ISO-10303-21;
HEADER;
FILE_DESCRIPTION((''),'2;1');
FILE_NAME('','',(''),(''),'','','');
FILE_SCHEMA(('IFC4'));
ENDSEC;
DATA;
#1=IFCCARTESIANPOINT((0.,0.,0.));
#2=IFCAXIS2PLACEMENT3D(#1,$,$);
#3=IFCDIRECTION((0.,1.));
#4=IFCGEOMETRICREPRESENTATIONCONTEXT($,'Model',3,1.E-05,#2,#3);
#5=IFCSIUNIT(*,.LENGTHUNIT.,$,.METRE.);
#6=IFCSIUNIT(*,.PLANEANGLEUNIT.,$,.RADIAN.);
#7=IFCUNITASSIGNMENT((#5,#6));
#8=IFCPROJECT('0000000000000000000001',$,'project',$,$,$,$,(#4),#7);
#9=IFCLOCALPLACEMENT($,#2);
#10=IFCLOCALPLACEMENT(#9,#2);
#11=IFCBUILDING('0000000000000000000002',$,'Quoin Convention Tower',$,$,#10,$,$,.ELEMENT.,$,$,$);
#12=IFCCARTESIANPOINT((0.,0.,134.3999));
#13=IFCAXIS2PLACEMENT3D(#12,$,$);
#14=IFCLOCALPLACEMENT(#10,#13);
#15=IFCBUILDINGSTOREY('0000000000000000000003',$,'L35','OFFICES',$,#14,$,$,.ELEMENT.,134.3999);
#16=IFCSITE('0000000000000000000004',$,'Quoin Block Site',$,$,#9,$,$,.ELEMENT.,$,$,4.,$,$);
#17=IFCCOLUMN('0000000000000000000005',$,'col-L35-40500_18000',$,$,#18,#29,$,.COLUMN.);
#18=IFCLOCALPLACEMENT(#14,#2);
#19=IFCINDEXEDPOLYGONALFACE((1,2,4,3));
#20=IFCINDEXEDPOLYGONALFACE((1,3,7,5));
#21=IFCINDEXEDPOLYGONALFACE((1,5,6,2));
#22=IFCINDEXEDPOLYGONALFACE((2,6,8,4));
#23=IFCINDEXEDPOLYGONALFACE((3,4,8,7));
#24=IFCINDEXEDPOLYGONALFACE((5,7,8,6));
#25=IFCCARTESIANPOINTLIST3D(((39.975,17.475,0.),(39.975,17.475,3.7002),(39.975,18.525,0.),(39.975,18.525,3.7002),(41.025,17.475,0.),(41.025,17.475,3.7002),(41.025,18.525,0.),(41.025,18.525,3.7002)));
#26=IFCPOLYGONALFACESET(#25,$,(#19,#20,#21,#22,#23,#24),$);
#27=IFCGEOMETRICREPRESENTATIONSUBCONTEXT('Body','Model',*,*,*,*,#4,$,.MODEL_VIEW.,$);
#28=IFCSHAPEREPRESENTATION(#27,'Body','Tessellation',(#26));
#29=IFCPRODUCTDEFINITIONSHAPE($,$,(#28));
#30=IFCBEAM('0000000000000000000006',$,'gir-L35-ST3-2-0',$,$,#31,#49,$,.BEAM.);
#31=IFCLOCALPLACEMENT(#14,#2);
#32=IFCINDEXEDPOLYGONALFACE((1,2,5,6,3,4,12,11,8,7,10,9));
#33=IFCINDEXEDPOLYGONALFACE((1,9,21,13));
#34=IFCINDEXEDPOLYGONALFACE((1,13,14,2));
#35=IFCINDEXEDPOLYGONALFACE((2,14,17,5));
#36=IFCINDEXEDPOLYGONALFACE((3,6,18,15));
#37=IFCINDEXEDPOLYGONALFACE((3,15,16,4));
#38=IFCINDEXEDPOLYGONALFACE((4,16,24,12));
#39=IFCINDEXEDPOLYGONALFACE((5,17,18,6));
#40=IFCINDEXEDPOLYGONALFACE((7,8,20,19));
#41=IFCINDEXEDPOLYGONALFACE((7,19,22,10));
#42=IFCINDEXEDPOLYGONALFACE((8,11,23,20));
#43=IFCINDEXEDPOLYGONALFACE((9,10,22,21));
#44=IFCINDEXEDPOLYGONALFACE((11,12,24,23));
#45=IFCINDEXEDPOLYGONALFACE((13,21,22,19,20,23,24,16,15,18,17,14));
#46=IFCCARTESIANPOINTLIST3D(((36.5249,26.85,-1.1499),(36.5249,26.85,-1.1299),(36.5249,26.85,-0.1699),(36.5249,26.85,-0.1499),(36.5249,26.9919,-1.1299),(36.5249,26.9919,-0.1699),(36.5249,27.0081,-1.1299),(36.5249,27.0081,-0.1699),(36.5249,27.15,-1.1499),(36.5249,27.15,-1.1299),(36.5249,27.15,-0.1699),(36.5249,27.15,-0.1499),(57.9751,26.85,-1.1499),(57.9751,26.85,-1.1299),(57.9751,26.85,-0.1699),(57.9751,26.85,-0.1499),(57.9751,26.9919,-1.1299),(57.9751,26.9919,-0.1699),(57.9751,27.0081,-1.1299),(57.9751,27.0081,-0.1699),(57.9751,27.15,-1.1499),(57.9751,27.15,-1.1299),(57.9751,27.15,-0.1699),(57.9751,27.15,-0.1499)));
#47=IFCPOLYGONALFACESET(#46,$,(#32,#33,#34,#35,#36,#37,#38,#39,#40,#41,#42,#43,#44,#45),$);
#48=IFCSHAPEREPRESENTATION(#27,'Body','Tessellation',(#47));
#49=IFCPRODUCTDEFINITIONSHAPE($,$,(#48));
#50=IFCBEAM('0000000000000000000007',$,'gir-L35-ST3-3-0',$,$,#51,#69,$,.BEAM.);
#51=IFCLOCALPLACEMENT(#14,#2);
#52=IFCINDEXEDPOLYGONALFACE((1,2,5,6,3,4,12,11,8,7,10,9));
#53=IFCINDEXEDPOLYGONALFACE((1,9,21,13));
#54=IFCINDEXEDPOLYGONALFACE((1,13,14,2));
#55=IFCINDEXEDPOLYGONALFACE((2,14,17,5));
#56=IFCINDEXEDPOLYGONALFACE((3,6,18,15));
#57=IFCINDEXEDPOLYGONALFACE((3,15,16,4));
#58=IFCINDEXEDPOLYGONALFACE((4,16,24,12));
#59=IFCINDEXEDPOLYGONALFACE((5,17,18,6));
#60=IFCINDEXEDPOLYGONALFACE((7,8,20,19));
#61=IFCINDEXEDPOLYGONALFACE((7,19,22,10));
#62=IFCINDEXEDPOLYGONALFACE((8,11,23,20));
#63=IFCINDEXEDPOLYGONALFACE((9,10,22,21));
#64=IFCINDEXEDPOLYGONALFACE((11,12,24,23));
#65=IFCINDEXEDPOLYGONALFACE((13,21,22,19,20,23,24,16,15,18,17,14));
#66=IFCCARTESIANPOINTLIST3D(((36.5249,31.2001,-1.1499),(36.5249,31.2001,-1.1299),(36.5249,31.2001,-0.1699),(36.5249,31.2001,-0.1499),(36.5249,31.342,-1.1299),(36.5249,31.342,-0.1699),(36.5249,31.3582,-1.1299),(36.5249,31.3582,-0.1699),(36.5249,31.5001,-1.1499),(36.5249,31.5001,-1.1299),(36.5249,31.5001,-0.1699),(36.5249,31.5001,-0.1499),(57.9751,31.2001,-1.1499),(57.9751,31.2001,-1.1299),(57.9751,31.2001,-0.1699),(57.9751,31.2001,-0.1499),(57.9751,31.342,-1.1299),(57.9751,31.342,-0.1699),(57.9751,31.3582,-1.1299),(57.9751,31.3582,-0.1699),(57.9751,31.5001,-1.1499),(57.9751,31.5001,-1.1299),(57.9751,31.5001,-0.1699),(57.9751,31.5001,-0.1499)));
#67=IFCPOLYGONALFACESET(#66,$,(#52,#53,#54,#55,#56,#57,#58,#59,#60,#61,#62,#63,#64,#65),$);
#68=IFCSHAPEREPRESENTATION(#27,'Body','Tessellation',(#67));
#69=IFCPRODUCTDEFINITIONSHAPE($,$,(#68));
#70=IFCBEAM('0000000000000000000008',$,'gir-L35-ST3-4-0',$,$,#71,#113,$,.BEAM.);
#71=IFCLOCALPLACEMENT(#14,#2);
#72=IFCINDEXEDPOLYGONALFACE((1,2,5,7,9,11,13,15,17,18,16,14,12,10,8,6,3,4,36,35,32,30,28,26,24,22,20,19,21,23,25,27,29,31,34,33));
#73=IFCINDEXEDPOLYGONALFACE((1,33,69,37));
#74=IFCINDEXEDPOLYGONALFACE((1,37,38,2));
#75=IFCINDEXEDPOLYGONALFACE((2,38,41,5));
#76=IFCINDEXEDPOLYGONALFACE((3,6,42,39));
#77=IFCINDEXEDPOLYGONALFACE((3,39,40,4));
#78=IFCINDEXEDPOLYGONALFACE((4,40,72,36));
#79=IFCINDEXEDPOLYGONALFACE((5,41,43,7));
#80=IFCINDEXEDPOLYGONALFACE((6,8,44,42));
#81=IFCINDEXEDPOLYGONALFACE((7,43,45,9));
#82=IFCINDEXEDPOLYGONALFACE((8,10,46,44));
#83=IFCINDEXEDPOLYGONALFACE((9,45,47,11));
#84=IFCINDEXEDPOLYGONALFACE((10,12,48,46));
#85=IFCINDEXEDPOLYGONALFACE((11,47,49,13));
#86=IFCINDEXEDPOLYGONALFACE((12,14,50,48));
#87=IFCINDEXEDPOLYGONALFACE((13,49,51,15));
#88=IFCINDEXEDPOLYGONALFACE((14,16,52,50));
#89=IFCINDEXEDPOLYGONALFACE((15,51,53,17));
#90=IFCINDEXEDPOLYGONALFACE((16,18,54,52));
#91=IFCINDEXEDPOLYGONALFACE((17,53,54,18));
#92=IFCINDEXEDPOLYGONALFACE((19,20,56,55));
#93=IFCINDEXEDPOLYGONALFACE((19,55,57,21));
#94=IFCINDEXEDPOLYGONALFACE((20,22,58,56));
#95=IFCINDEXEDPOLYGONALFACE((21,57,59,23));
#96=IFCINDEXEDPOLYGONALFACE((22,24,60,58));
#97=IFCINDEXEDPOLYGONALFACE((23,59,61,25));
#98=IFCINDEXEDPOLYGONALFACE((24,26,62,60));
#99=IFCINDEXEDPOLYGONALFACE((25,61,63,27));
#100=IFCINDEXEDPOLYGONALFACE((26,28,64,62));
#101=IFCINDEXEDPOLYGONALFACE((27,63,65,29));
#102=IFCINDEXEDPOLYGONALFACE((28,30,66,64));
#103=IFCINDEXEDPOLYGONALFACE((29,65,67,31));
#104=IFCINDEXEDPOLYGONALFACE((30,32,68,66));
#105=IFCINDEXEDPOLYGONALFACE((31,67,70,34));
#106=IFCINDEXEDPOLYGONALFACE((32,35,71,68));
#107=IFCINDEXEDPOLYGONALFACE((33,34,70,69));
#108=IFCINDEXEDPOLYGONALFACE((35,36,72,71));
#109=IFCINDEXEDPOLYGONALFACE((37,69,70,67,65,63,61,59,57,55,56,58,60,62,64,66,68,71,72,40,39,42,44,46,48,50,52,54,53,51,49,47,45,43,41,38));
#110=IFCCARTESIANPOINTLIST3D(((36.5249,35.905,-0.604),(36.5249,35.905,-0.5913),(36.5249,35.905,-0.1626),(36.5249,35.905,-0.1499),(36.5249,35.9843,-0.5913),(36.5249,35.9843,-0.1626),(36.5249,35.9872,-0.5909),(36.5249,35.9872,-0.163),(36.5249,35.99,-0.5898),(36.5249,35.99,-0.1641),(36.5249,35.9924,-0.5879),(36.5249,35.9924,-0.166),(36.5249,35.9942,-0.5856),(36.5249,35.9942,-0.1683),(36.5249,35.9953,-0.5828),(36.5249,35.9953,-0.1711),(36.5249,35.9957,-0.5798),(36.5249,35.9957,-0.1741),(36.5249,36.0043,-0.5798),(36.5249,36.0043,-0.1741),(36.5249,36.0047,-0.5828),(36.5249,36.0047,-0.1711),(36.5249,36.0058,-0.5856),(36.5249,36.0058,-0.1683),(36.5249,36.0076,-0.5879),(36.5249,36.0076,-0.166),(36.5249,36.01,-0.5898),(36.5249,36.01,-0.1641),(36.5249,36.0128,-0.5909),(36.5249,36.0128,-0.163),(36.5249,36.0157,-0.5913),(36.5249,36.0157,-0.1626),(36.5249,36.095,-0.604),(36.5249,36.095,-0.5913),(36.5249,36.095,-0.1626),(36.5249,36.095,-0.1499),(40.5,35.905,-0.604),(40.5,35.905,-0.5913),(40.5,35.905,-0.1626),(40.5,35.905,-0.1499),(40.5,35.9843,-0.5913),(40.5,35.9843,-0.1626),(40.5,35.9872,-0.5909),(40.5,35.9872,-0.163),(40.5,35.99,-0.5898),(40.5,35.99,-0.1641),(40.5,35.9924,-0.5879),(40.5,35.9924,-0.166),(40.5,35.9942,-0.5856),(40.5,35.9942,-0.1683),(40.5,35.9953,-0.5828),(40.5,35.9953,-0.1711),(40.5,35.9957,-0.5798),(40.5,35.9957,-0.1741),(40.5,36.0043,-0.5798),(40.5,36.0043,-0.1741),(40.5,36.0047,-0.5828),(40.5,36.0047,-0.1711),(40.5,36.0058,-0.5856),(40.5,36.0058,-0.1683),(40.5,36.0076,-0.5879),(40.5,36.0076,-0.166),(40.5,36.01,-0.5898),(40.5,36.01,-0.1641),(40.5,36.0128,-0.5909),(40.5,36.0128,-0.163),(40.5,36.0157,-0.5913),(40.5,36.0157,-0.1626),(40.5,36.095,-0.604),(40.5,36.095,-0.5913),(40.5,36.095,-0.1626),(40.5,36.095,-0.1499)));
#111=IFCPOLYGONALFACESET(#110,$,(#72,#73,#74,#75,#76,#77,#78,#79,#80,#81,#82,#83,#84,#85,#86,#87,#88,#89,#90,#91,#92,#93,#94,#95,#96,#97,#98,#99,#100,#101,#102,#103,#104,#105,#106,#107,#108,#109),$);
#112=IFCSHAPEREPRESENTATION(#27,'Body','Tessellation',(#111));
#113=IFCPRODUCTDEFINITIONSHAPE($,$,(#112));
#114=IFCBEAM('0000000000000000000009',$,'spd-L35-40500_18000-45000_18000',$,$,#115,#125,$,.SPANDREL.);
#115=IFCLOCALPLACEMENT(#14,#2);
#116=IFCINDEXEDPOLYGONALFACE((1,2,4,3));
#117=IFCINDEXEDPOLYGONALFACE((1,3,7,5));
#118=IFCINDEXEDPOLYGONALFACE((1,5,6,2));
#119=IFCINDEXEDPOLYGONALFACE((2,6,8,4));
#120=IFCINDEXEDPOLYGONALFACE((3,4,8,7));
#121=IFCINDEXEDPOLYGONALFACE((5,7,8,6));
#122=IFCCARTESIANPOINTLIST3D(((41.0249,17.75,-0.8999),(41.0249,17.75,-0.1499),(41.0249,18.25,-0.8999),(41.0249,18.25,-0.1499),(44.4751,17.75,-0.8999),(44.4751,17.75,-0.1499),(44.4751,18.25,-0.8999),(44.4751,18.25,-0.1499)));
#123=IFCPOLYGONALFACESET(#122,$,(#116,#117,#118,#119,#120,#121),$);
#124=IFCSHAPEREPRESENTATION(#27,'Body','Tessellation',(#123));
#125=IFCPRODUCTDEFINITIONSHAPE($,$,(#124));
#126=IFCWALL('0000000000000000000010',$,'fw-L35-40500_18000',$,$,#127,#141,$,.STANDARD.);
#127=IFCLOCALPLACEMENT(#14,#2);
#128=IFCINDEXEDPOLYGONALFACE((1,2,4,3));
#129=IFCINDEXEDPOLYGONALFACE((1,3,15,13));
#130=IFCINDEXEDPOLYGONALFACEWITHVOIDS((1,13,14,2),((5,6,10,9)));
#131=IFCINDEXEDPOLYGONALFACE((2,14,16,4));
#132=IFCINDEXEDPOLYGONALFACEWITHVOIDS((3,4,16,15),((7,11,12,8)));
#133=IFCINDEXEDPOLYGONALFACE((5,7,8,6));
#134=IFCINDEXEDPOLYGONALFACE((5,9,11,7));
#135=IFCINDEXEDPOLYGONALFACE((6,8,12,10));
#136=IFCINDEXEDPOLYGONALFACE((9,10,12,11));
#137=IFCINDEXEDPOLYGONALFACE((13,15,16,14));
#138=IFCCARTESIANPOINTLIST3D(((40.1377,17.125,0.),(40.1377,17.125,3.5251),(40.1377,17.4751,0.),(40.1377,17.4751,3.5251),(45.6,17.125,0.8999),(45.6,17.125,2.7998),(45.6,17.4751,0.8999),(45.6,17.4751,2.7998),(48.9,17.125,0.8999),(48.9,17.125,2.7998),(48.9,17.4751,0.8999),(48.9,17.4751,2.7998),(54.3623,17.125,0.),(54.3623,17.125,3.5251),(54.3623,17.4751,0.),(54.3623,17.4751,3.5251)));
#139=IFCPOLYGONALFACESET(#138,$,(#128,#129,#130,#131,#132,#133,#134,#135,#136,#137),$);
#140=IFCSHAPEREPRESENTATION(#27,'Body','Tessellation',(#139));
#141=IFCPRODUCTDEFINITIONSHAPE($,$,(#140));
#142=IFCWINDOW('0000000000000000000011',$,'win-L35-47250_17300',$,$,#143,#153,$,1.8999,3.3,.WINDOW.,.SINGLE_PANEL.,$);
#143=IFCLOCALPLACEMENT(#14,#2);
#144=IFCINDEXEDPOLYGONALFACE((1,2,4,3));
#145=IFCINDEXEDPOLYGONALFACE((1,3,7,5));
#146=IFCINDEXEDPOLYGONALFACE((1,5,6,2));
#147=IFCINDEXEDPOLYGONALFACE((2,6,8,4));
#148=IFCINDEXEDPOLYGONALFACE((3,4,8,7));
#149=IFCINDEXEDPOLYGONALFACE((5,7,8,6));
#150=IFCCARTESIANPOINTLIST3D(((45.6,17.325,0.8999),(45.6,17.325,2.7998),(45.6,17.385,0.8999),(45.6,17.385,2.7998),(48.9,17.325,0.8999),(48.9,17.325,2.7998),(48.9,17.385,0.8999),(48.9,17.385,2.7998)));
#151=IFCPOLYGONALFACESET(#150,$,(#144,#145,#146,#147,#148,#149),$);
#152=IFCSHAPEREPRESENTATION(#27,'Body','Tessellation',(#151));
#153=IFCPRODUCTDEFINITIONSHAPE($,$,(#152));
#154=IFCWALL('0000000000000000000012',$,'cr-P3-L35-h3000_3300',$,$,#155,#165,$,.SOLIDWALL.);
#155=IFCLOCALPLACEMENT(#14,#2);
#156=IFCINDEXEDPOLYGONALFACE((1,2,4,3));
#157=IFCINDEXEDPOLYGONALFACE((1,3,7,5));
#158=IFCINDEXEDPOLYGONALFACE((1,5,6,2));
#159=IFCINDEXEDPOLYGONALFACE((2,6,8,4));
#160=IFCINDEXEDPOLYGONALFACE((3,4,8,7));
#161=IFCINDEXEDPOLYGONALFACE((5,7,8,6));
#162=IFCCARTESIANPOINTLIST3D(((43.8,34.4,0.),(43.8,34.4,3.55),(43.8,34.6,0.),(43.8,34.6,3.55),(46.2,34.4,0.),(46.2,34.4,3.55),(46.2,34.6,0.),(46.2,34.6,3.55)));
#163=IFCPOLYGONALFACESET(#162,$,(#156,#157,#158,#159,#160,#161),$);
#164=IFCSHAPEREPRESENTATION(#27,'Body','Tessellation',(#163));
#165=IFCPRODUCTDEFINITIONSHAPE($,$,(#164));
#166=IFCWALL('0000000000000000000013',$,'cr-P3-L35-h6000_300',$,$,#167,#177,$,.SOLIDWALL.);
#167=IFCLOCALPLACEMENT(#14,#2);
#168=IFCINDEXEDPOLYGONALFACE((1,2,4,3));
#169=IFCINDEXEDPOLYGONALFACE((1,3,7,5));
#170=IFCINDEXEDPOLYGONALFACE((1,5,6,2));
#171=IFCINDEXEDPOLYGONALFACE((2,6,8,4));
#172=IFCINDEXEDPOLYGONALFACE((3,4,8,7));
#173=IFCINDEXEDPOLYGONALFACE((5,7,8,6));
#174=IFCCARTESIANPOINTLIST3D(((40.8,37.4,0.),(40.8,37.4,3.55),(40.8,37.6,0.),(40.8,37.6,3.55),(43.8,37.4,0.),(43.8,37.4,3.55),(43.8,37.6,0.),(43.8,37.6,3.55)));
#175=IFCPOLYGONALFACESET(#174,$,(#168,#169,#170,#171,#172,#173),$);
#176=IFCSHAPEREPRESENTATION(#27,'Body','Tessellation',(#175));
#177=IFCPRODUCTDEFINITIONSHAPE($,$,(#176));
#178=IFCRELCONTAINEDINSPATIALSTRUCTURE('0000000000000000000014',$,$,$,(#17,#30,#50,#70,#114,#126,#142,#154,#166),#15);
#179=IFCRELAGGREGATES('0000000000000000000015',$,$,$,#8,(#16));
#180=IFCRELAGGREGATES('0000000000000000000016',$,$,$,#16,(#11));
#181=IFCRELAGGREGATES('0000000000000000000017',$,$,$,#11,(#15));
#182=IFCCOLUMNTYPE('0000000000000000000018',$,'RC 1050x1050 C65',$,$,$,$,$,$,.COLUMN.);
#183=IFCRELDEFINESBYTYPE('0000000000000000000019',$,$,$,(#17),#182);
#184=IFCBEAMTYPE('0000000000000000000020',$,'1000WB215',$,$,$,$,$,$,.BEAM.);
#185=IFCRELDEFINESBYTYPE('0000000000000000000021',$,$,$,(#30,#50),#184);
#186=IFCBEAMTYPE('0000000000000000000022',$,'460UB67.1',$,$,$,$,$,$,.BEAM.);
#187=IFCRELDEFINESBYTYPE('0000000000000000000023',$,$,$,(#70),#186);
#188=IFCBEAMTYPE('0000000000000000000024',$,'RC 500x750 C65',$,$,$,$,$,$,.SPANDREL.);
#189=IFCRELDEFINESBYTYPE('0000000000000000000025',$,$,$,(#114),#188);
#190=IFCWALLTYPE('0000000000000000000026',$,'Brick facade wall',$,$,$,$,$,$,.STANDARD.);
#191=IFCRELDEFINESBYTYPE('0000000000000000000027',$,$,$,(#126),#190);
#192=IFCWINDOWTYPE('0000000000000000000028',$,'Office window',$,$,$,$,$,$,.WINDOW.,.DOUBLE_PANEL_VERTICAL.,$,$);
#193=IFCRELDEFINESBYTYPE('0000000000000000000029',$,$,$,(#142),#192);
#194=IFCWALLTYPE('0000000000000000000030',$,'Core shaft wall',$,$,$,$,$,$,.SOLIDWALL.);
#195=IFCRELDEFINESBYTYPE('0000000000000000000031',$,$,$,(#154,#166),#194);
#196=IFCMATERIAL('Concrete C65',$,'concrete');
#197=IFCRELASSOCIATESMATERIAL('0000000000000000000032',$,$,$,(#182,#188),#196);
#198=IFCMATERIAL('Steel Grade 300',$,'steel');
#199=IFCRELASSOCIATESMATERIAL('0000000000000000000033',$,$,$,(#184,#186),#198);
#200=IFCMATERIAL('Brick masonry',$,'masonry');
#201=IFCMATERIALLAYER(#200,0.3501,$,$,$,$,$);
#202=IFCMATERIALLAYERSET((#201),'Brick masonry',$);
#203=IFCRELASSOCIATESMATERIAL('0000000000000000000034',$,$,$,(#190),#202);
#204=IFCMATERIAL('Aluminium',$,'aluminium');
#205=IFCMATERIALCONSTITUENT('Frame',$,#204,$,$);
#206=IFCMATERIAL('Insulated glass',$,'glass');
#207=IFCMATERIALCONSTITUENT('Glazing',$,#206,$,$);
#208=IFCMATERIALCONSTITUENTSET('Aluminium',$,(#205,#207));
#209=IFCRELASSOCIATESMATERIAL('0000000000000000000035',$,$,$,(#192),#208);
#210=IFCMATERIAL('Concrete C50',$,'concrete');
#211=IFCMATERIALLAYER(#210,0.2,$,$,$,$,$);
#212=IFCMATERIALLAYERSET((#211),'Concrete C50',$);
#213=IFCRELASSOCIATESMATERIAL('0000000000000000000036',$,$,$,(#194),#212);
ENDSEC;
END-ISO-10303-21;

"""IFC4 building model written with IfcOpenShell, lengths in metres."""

from ifc_helpers import new_model, si_unit, direction, frame, frame_2d, origin, origin_2d, place, context, subcontext, project, spatial, rectangle, i_section, extrude, material, layer, layer_set, constituent, constituent_set, material_profile, profile_set, type_object, element, fill, save


model = new_model("IFC4")

# Units and contexts
model_context = context("Model", 3, precision=1e-05, world=origin(), true_north=direction((0.0, 1.0)))
body_context = subcontext(model_context, "Body", "Model", "MODEL_VIEW")
ifc_project = project(units=[si_unit("LENGTHUNIT", "METRE"), si_unit("PLANEANGLEUNIT", "RADIAN")], contexts=[model_context])

# Site, building, storey
site_placement = place(None, origin())
site = spatial("IfcSite", under=ifc_project, at=site_placement, Name="Quoin Block Site", CompositionType="ELEMENT", RefElevation=4.0)
building_placement = place(site_placement, origin())
building = spatial("IfcBuilding", under=site, at=building_placement, Name="Quoin Convention Tower", CompositionType="ELEMENT")
storey_placement = place(building_placement, frame((0.0, 0.0, 134.3999)))
storey = spatial("IfcBuildingStorey", under=building, at=storey_placement, Name="L35", Description="OFFICES", CompositionType="ELEMENT", Elevation=134.3999)

# Column
ifc_material_1 = material(Name="Concrete C65", Category="concrete")
ifc_material_profile_1 = material_profile(ifc_material_1, rectangle(XDim=1.05, YDim=1.05, at=origin_2d()), Name="RC 1050x1050")
ifc_profile_set_1 = profile_set([ifc_material_profile_1], Name="Concrete C65")
column_type = type_object("IfcColumnType", Name="RC 1050x1050 C65", PredefinedType="COLUMN", material=ifc_profile_set_1)
column_placement = place(storey_placement, frame((40.5, 18.0, 0.0), z_axis=(0.0, 0.0, 1.0), x_axis=(1.0, 0.0, 0.0)))
element("IfcColumn", 1, at=column_placement, inside=storey, type_object=column_type, Name="col-L35-40500_18000", PredefinedType="COLUMN", context=body_context, shape_type="SweptSolid", body=[
    extrude(rectangle(XDim=1.05, YDim=1.05, at=origin_2d()), origin(), (0.0, 0.0, 1.0), 3.7002),
])

# Beams
ifc_material_2 = material(Name="Steel Grade 300", Category="steel")
ifc_material_profile_2 = material_profile(ifc_material_2, i_section(OverallWidth=0.3, OverallDepth=1.0, WebThickness=0.0161, FlangeThickness=0.02, at=origin_2d()), Name="1000WB215")
ifc_profile_set_2 = profile_set([ifc_material_profile_2], Name="Steel Grade 300")
beam_type_1 = type_object("IfcBeamType", Name="1000WB215", PredefinedType="BEAM", material=ifc_profile_set_2)
for number, where, z_axis, x_axis, name in (
    (2, (36.5249, 27.0, -0.6499), (1.0, 0.0, 0.0), (0.0, 1.0, 0.0), "gir-L35-ST3-2-0"),
    (3, (36.5249, 31.3501, -0.6499), (1.0, 0.0, 0.0), (0.0, 1.0, 0.0), "gir-L35-ST3-3-0"),
):
    element("IfcBeam", number, at=place(storey_placement, frame(where, z_axis=z_axis, x_axis=x_axis)), inside=storey, type_object=beam_type_1, Name=name, PredefinedType="BEAM", context=body_context, shape_type="SweptSolid", body=[
        extrude(i_section(OverallWidth=0.3, OverallDepth=1.0, WebThickness=0.0161, FlangeThickness=0.02, at=origin_2d()), origin(), (0.0, 0.0, 1.0), 21.4502),
    ])
ifc_material_profile_3 = material_profile(ifc_material_2, i_section(OverallWidth=0.1899, OverallDepth=0.4541, WebThickness=0.0085, FlangeThickness=0.0127, FilletRadius=0.0115, at=origin_2d()), Name="460UB67.1")
ifc_profile_set_3 = profile_set([ifc_material_profile_3], Name="Steel Grade 300")
beam_type_2 = type_object("IfcBeamType", Name="460UB67.1", PredefinedType="BEAM", material=ifc_profile_set_3)
beam_1_placement = place(storey_placement, frame((36.5249, 36.0, -0.377), z_axis=(1.0, 0.0, 0.0), x_axis=(0.0, 1.0, 0.0)))
element("IfcBeam", 4, at=beam_1_placement, inside=storey, type_object=beam_type_2, Name="gir-L35-ST3-4-0", PredefinedType="BEAM", context=body_context, shape_type="SweptSolid", body=[
    extrude(i_section(OverallWidth=0.1899, OverallDepth=0.4541, WebThickness=0.0085, FlangeThickness=0.0127, FilletRadius=0.0115, at=origin_2d()), origin(), (0.0, 0.0, 1.0), 3.9751),
])
ifc_material_profile_4 = material_profile(ifc_material_1, rectangle(XDim=0.5, YDim=0.75, at=origin_2d()), Name="RC 500x750")
ifc_profile_set_4 = profile_set([ifc_material_profile_4], Name="Concrete C65")
beam_type_3 = type_object("IfcBeamType", Name="RC 500x750 C65", PredefinedType="SPANDREL", material=ifc_profile_set_4)
beam_2_placement = place(storey_placement, frame((41.0249, 18.0, -0.5249), z_axis=(1.0, 0.0, 0.0), x_axis=(0.0, 1.0, 0.0)))
element("IfcBeam", 5, at=beam_2_placement, inside=storey, type_object=beam_type_3, Name="spd-L35-40500_18000-45000_18000", PredefinedType="SPANDREL", context=body_context, shape_type="SweptSolid", body=[
    extrude(rectangle(XDim=0.5, YDim=0.75, at=origin_2d()), origin(), (0.0, 0.0, 1.0), 3.4502),
])

# Wall, opening, window
ifc_material_3 = material(Name="Brick masonry", Category="masonry")
ifc_layer_1 = layer(ifc_material_3, 0.3501)
ifc_layer_set_1 = layer_set([ifc_layer_1], Name="Brick masonry")
wall_type_1 = type_object("IfcWallType", Name="Brick facade wall", PredefinedType="STANDARD", material=ifc_layer_set_1)
wall_1_placement = place(storey_placement, frame((40.1377, 17.3, 0.0), z_axis=(0.0, 0.0, 1.0), x_axis=(1.0, 0.0, 0.0)))
wall_1 = element("IfcWall", 6, at=wall_1_placement, inside=storey, type_object=wall_type_1, Name="fw-L35-40500_18000", PredefinedType="STANDARD", context=body_context, shape_type="SweptSolid", body=[
    extrude(rectangle(XDim=14.2246, YDim=0.3501, at=frame_2d((7.1123, 0.0))), origin(), (0.0, 0.0, 1.0), 3.5251),
])
opening_1_placement = place(wall_1_placement, frame((5.4624, 0.0, 0.8999)))
opening_1 = element("IfcOpeningElement", 7, at=opening_1_placement, cuts=wall_1, PredefinedType="OPENING", context=body_context, shape_type="SweptSolid", body=[
    extrude(rectangle(XDim=3.3, YDim=1.8999, at=frame_2d((1.6499, 0.95))), frame((0.0, 0.1851, 0.0), z_axis=(0.0, -1.0, 0.0), x_axis=(1.0, 0.0, 0.0)), (0.0, 0.0, 1.0), 0.3701),
])
ifc_material_4 = material(Name="Aluminium", Category="aluminium")
ifc_constituent_1 = constituent(ifc_material_4, Name="Frame")
ifc_material_5 = material(Name="Insulated glass", Category="glass")
ifc_constituent_2 = constituent(ifc_material_5, Name="Glazing")
ifc_constituent_set = constituent_set(constituents=[ifc_constituent_1, ifc_constituent_2], Name="Aluminium")
window_type = type_object("IfcWindowType", Name="Office window", PartitioningType="DOUBLE_PANEL_VERTICAL", PredefinedType="WINDOW", material=ifc_constituent_set)
window_placement = place(opening_1_placement, origin())
window = element("IfcWindow", 8, at=window_placement, inside=storey, type_object=window_type, Name="win-L35-47250_17300", OverallHeight=1.8999, OverallWidth=3.3, PartitioningType="SINGLE_PANEL", PredefinedType="WINDOW", context=body_context, shape_type="SweptSolid", body=[
    extrude(rectangle(XDim=3.3, YDim=1.8999, at=frame_2d((1.6499, 0.95))), frame((0.0, 0.085, 0.0), z_axis=(0.0, -1.0, 0.0), x_axis=(1.0, 0.0, 0.0)), (0.0, 0.0, 1.0), 0.0601),
])
fill(opening_1, window)

# Walls
ifc_material_6 = material(Name="Concrete C50", Category="concrete")
ifc_layer_2 = layer(ifc_material_6, 0.2)
ifc_layer_set_2 = layer_set([ifc_layer_2], Name="Concrete C50")
wall_type_2 = type_object("IfcWallType", Name="Core shaft wall", PredefinedType="SOLIDWALL", material=ifc_layer_set_2)
wall_2_placement = place(storey_placement, frame((43.8, 34.5, 0.0), z_axis=(0.0, 0.0, 1.0), x_axis=(1.0, 0.0, 0.0)))
element("IfcWall", 9, at=wall_2_placement, inside=storey, type_object=wall_type_2, Name="cr-P3-L35-h3000_3300", PredefinedType="SOLIDWALL", context=body_context, shape_type="SweptSolid", body=[
    extrude(rectangle(XDim=2.3999, YDim=0.2, at=frame_2d((1.2, 0.0))), origin(), (0.0, 0.0, 1.0), 3.55),
])
wall_3_placement = place(storey_placement, frame((40.8, 37.5, 0.0), z_axis=(0.0, 0.0, 1.0), x_axis=(1.0, 0.0, 0.0)))
element("IfcWall", 10, at=wall_3_placement, inside=storey, type_object=wall_type_2, Name="cr-P3-L35-h6000_300", PredefinedType="SOLIDWALL", context=body_context, shape_type="SweptSolid", body=[
    extrude(rectangle(XDim=3.0, YDim=0.2, at=frame_2d((1.5, 0.0))), origin(), (0.0, 0.0, 1.0), 3.55),
])

save(model, "model.ifc")
